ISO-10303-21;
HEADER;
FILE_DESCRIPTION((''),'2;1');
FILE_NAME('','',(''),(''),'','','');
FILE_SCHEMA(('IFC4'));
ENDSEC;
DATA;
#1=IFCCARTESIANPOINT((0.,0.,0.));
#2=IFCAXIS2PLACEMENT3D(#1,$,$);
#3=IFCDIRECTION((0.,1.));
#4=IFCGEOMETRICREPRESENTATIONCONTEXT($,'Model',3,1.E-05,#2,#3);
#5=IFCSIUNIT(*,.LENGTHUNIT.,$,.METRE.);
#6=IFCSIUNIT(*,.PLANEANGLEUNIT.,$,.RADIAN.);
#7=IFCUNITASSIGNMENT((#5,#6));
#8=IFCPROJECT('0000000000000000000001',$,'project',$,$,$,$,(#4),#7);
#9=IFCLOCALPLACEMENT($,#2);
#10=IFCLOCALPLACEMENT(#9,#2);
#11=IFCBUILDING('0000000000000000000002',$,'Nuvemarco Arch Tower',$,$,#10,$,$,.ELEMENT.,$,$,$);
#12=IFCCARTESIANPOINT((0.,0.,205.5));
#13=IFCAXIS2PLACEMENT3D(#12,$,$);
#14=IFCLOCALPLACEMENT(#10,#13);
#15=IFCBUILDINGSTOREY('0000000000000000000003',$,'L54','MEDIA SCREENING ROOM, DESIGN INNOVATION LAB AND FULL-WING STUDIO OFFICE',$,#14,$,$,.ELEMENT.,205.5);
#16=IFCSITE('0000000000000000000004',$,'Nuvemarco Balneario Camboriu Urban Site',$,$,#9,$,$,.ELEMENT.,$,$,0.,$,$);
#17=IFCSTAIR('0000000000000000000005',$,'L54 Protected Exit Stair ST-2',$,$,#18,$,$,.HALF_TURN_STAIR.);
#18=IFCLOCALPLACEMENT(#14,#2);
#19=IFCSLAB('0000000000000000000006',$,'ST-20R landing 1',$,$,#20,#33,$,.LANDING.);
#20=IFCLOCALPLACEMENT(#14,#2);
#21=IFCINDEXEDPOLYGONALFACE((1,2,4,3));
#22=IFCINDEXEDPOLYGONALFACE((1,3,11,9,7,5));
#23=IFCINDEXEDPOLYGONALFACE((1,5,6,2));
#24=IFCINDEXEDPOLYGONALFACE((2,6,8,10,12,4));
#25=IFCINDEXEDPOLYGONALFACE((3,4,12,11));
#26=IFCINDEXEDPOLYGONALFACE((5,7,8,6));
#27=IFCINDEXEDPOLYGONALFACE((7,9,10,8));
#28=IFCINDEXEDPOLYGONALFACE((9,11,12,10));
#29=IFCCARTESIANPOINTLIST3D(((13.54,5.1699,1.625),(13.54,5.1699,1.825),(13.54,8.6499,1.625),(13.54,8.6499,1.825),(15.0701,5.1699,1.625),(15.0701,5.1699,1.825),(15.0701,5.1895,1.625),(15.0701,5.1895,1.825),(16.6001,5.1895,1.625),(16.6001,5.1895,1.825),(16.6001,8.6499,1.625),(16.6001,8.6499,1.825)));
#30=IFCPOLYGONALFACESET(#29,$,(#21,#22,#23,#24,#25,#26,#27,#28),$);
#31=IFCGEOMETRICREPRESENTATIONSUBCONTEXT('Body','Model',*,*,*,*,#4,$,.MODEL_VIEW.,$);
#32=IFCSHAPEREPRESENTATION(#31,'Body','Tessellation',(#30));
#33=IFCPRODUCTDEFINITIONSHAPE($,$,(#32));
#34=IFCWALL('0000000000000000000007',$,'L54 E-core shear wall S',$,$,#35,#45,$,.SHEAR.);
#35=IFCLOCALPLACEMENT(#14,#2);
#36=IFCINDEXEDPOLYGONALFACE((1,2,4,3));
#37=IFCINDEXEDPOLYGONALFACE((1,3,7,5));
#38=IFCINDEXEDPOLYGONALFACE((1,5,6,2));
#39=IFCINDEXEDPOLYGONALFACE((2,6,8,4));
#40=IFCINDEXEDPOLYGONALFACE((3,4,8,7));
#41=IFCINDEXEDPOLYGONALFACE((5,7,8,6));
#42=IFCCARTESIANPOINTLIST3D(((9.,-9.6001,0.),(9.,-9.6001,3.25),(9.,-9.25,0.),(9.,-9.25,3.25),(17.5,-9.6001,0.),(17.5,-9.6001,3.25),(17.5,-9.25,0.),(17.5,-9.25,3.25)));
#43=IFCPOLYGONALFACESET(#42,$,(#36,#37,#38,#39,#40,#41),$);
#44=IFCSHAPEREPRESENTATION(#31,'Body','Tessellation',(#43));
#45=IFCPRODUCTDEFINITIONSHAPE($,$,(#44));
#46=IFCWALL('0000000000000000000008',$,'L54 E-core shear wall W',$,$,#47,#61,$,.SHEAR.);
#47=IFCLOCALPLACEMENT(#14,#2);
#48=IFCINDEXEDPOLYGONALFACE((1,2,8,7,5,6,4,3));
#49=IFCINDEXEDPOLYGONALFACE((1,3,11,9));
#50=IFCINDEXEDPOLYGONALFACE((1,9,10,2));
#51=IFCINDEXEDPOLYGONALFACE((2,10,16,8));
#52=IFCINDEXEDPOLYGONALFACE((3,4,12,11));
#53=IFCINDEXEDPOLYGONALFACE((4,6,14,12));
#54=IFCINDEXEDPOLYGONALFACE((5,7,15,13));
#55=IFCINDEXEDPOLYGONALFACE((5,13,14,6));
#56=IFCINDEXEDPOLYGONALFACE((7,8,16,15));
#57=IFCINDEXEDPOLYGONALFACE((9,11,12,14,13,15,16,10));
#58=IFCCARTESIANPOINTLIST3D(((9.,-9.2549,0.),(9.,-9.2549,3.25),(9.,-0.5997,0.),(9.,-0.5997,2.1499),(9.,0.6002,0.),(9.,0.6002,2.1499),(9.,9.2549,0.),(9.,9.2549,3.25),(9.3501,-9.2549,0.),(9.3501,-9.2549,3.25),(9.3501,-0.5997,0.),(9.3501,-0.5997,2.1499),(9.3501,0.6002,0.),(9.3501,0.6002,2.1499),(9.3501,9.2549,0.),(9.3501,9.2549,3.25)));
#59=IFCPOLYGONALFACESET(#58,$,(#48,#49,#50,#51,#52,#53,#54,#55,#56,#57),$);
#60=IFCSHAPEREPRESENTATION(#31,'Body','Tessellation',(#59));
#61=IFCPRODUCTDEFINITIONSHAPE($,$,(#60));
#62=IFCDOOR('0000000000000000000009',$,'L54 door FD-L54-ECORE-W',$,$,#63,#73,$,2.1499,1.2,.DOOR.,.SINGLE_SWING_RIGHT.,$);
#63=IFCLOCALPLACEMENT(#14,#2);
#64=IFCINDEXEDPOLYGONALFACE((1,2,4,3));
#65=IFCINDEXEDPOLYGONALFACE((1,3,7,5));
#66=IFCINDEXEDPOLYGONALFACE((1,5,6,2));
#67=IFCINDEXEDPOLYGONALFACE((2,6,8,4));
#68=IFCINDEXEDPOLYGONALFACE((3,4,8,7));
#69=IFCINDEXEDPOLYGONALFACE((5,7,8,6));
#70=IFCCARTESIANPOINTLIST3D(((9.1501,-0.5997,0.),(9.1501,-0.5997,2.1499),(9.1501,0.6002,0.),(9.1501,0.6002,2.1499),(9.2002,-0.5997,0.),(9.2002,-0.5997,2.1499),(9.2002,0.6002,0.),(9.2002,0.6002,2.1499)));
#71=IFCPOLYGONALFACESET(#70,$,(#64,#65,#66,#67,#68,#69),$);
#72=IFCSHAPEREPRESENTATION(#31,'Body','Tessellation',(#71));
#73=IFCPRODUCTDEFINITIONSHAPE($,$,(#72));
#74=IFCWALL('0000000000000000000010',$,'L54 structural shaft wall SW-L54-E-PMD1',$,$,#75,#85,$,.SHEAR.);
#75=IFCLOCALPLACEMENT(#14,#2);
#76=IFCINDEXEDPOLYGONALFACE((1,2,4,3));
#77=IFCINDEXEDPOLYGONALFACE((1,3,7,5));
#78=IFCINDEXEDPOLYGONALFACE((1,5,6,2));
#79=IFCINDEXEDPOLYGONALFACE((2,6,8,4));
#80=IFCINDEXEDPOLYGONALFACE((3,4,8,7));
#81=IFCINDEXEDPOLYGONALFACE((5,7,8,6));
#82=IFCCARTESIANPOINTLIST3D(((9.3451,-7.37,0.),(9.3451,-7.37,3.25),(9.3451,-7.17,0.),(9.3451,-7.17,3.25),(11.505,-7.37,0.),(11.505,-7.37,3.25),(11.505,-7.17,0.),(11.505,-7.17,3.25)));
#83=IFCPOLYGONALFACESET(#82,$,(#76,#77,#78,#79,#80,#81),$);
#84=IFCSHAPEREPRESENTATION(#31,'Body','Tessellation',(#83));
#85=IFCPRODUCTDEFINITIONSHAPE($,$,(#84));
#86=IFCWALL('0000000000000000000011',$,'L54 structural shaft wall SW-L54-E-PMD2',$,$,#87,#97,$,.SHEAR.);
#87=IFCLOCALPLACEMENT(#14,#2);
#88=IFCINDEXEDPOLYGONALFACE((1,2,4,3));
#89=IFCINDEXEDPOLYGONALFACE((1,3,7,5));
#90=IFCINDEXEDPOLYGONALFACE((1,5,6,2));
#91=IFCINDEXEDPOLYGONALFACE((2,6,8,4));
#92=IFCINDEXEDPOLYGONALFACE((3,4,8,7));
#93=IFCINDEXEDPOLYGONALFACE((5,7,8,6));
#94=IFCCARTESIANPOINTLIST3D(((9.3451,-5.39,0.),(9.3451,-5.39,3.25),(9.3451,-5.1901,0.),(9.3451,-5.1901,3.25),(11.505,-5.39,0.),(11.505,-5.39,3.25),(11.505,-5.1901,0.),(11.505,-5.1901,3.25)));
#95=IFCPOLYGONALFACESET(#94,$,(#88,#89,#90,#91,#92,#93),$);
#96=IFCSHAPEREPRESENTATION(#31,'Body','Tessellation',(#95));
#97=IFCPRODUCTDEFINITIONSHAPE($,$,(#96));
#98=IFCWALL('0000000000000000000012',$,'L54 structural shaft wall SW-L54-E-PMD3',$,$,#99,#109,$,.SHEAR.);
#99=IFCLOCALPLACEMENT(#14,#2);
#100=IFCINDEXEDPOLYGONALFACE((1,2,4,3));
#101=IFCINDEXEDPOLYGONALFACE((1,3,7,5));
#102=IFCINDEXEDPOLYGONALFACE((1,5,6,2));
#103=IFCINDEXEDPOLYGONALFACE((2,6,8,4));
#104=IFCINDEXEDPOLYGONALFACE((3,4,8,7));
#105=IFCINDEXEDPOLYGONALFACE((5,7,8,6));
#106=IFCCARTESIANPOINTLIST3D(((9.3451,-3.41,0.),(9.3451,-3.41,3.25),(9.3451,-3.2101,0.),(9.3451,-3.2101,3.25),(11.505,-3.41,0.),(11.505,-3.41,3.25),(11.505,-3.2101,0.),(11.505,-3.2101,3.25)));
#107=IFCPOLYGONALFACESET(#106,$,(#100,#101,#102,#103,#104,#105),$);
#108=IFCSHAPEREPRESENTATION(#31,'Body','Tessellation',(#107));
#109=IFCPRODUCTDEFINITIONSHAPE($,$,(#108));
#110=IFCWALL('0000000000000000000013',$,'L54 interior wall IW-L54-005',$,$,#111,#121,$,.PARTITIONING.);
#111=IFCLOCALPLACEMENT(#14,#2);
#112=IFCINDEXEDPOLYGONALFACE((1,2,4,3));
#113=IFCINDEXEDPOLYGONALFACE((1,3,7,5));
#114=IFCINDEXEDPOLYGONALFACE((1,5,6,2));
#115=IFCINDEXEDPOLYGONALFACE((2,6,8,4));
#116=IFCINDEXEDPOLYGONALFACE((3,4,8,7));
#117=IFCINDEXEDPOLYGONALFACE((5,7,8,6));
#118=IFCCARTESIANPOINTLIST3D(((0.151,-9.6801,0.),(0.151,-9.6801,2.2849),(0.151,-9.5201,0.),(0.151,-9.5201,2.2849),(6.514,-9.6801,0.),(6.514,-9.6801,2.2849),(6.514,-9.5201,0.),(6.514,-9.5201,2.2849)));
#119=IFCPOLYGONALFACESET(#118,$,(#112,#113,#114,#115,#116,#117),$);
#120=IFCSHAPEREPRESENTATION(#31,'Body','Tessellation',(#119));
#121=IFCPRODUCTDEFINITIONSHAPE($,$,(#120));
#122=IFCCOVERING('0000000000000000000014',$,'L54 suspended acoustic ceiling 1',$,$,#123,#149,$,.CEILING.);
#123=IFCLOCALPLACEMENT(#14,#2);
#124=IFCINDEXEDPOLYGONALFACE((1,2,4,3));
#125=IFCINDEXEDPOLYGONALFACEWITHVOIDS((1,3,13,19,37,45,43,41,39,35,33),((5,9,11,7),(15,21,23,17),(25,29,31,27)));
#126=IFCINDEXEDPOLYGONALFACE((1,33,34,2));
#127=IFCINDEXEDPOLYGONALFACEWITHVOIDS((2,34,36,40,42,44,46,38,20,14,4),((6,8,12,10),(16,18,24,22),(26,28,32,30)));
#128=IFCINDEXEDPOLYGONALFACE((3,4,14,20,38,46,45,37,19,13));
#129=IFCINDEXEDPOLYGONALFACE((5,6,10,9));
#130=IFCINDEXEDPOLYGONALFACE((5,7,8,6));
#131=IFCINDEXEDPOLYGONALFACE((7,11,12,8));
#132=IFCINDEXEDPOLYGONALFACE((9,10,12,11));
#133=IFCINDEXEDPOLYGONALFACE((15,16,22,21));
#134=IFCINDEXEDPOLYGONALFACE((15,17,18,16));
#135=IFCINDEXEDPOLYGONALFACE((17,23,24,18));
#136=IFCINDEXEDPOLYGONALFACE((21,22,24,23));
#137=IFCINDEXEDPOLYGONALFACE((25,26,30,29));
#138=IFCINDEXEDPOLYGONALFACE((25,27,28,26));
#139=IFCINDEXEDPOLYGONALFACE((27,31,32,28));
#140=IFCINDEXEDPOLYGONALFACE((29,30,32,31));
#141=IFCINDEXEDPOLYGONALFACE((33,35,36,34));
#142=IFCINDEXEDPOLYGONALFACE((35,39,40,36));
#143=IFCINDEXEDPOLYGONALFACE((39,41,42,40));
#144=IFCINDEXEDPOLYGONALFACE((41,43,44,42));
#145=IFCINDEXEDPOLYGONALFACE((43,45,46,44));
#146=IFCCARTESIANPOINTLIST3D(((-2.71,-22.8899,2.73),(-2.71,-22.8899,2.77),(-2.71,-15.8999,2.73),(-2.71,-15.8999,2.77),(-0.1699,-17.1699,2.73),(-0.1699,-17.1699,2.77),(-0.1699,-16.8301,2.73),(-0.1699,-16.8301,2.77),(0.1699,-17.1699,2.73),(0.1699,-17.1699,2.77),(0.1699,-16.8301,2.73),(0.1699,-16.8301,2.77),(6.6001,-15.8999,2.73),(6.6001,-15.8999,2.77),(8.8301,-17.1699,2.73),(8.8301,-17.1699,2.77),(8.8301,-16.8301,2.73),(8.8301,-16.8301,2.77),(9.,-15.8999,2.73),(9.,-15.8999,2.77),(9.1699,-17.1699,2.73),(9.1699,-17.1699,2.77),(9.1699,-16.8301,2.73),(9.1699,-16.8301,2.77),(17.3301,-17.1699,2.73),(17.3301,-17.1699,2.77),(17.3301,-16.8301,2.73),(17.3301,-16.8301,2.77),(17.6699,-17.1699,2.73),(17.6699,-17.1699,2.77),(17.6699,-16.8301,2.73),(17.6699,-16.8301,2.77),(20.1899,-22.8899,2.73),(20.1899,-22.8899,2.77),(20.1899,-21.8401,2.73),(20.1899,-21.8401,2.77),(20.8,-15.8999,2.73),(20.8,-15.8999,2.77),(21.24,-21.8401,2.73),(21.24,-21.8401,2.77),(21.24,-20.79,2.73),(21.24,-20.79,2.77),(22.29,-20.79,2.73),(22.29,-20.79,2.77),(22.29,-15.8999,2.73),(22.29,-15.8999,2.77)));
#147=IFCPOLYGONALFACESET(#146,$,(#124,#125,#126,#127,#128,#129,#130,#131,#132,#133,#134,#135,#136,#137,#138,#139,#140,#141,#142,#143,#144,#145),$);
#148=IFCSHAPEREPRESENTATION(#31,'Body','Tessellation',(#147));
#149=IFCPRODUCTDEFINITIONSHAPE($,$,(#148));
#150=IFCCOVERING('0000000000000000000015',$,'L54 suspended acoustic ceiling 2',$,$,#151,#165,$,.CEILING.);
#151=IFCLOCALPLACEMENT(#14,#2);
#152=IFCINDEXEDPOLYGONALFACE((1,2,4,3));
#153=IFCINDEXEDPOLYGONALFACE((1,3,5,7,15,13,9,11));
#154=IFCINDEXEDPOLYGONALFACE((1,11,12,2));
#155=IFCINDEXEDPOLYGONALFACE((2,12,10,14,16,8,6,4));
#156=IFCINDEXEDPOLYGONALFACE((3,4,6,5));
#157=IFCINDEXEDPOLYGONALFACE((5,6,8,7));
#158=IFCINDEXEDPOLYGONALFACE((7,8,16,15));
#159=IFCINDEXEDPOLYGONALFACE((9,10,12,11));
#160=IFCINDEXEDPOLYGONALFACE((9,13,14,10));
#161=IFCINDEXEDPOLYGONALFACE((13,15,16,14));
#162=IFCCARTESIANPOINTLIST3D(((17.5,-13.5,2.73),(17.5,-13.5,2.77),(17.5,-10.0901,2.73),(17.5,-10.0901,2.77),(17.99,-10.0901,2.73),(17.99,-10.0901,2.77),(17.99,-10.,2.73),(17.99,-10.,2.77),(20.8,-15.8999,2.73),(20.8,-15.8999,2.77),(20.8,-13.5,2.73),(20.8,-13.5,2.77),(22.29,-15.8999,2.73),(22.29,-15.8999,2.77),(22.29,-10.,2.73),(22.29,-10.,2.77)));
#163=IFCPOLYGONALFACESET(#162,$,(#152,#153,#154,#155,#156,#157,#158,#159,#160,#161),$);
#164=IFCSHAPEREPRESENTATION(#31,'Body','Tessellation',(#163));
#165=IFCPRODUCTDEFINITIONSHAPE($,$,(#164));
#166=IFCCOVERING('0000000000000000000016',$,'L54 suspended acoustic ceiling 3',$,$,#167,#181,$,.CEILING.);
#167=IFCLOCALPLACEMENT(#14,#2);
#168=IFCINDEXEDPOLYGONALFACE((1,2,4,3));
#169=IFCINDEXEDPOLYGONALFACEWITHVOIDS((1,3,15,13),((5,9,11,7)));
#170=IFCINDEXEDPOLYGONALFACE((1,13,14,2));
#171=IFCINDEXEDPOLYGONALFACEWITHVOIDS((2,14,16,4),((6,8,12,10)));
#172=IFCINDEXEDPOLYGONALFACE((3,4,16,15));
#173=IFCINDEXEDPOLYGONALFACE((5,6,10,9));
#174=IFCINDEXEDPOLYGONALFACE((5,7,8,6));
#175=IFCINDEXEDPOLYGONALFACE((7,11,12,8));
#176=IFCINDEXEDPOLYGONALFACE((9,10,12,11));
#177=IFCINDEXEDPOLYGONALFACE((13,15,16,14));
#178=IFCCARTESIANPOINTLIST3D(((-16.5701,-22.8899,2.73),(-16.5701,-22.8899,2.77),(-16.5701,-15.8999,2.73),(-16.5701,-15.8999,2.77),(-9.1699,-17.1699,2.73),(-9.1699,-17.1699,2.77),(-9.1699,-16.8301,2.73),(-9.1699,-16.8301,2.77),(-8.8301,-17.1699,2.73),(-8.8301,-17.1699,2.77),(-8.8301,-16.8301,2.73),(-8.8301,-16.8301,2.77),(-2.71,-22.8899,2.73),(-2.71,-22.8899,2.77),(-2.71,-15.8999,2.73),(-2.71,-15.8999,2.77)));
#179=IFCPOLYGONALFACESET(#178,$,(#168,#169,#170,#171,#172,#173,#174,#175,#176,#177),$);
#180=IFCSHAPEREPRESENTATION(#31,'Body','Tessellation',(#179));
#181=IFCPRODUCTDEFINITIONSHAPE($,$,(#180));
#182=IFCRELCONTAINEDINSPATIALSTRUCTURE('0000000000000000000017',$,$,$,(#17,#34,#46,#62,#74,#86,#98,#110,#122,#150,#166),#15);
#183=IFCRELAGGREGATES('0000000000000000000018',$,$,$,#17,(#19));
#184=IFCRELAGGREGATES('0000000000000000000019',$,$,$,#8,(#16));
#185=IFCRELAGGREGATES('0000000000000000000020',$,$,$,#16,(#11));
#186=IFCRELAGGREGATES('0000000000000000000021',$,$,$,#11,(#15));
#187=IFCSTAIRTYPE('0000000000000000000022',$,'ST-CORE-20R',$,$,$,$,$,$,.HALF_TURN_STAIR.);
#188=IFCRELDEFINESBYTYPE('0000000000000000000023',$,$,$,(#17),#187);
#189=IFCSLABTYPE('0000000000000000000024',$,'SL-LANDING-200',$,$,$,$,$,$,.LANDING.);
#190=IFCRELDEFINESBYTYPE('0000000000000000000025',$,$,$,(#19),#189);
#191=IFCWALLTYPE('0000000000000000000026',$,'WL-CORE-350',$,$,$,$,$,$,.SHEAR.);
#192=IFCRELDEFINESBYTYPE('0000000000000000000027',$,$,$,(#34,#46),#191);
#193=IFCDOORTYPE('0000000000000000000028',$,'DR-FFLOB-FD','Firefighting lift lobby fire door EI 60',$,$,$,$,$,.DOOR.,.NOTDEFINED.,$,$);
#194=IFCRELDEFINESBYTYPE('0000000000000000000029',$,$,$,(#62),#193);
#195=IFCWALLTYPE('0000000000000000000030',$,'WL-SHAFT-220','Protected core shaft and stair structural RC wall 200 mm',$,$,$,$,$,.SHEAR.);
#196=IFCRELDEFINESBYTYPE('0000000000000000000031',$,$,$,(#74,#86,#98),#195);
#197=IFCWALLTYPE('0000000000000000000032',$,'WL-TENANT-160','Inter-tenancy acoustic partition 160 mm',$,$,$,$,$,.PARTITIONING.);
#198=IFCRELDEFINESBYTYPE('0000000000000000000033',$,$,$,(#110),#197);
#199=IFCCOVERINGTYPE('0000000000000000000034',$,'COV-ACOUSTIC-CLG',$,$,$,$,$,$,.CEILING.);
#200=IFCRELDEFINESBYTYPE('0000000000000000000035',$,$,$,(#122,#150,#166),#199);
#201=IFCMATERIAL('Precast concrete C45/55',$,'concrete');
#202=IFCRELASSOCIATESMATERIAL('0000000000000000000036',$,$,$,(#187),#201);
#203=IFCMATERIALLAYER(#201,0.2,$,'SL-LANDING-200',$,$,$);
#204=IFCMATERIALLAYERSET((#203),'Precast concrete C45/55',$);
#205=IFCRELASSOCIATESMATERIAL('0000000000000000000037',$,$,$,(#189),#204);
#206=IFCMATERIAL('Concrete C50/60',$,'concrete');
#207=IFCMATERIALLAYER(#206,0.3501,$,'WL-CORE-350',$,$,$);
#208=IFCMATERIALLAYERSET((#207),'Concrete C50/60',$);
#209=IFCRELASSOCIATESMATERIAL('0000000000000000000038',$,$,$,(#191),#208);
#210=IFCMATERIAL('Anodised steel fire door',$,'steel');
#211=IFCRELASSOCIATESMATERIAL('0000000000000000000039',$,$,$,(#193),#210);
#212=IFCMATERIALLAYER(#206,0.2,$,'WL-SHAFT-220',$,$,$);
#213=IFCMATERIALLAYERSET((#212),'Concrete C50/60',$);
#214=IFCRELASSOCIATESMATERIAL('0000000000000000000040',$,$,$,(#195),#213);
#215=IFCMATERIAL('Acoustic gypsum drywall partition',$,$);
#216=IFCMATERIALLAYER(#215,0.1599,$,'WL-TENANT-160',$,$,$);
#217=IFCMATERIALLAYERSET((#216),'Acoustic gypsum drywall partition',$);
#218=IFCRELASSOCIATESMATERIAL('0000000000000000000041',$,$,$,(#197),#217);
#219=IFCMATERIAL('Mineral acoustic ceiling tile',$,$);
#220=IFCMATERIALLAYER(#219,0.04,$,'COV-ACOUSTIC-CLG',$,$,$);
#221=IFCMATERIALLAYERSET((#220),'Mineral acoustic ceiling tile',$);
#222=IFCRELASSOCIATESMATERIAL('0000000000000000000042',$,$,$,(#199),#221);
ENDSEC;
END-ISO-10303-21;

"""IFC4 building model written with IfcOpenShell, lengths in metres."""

from ifc_helpers import new_model, si_unit, direction, frame, frame_2d, origin, place, context, subcontext, project, spatial, polyline, rectangle, outline, extrude, source, transform, mapped, material, layer, layer_set, type_object, type_shapes, element, fill, aggregate, save


model = new_model("IFC4")

# Units and contexts
model_context = context("Model", 3, precision=1e-05, world=origin(), true_north=direction((0.0, 1.0)))
body_context = subcontext(model_context, "Body", "Model", "MODEL_VIEW")
ifc_project = project(units=[si_unit("LENGTHUNIT", "METRE"), si_unit("PLANEANGLEUNIT", "RADIAN")], contexts=[model_context])

# Site, building, storey
site_placement = place(None, origin())
site = spatial("IfcSite", under=ifc_project, at=site_placement, Name="Nuvemarco Balneario Camboriu Urban Site", CompositionType="ELEMENT", RefElevation=0.0)
building_placement = place(site_placement, origin())
building = spatial("IfcBuilding", under=site, at=building_placement, Name="Nuvemarco Arch Tower", CompositionType="ELEMENT")
storey_placement = place(building_placement, frame((0.0, 0.0, 205.5)))
storey = spatial("IfcBuildingStorey", under=building, at=storey_placement, Name="L54", Description="MEDIA SCREENING ROOM, DESIGN INNOVATION LAB AND FULL-WING STUDIO OFFICE", CompositionType="ELEMENT", Elevation=205.5)

# Shared definitions
ifc_material_1 = material(Name="Concrete C50/60", Category="concrete")

# Stair, slab
ifc_material_2 = material(Name="Precast concrete C45/55", Category="concrete")
stair_type = type_object("IfcStairType", Name="ST-CORE-20R", PredefinedType="HALF_TURN_STAIR", material=ifc_material_2)
ifc_layer_1 = layer(ifc_material_2, 0.2, Name="SL-LANDING-200")
ifc_layer_set_1 = layer_set([ifc_layer_1], Name="Precast concrete C45/55")
slab_type = type_object("IfcSlabType", Name="SL-LANDING-200", PredefinedType="LANDING", material=ifc_layer_set_1)
stair_1_placement = place(storey_placement, origin())
stair_1 = element("IfcStair", 1, at=stair_1_placement, inside=storey, type_object=stair_type, Name="L54 Protected Exit Stair ST-2", PredefinedType="HALF_TURN_STAIR")
slab_1_placement = place(storey_placement, frame((0.0, 0.0, 1.625)))
slab_1 = element("IfcSlab", 2, at=slab_1_placement, type_object=slab_type, Name="ST-20R landing 1", PredefinedType="LANDING", context=body_context, shape_type="SweptSolid", body=[
    extrude(outline(polyline([(16.6001, 5.1895), (16.6001, 8.6499), (13.54, 8.6499), (13.54, 5.1699), (15.0701, 5.1699), (15.0701, 5.1895), (16.6001, 5.1895)])), origin(), (0.0, 0.0, 1.0), 0.2),
])
aggregate(stair_1, [slab_1])

# Wall
ifc_layer_2 = layer(ifc_material_1, 0.3501, Name="WL-CORE-350")
ifc_layer_set_2 = layer_set([ifc_layer_2], Name="Concrete C50/60")
wall_type_1 = type_object("IfcWallType", Name="WL-CORE-350", PredefinedType="SHEAR", material=ifc_layer_set_2)
wall_1_placement = place(storey_placement, frame((9.0, -9.425, 0.0), z_axis=(0.0, 0.0, 1.0), x_axis=(1.0, 0.0, 0.0)))
element("IfcWall", 3, at=wall_1_placement, inside=storey, type_object=wall_type_1, Name="L54 E-core shear wall S", PredefinedType="SHEAR", context=body_context, shape_type="SweptSolid", body=[
    extrude(rectangle(XDim=8.5, YDim=0.3501, at=frame_2d((4.25, 0.0))), origin(), (0.0, 0.0, 1.0), 3.25),
])

# Wall, opening, door
wall_2_placement = place(storey_placement, frame((9.175, -9.2549, 0.0), z_axis=(0.0, 0.0, 1.0), x_axis=(0.0, 1.0, 0.0)))
wall_2 = element("IfcWall", 4, at=wall_2_placement, inside=storey, type_object=wall_type_1, Name="L54 E-core shear wall W", PredefinedType="SHEAR", context=body_context, shape_type="SweptSolid", body=[
    extrude(rectangle(XDim=18.5098, YDim=0.3501, at=frame_2d((9.2549, 0.0))), origin(), (0.0, 0.0, 1.0), 3.25),
])
opening_placement = place(wall_2_placement, frame((8.655, 0.0, 0.0)))
opening = element("IfcOpeningElement", 5, at=opening_placement, cuts=wall_2, PredefinedType="OPENING", context=body_context, shape_type="SweptSolid", body=[
    extrude(rectangle(XDim=1.2, YDim=2.1499, at=frame_2d((0.6001, 1.075))), frame((0.0, 0.1851, 0.0), z_axis=(0.0, -1.0, 0.0), x_axis=(1.0, 0.0, 0.0)), (0.0, 0.0, 1.0), 0.3701),
])
ifc_material_3 = material(Name="Anodised steel fire door", Category="steel")
door_type = type_object("IfcDoorType", Name="DR-FFLOB-FD", Description="Firefighting lift lobby fire door EI 60", OperationType="NOTDEFINED", PredefinedType="DOOR", material=ifc_material_3)
shared_shape = source(origin(), body_context, "Body", "SweptSolid", [
    extrude(rectangle(XDim=1.2, YDim=2.1499, at=frame_2d((0.6001, 1.075))), frame((0.0, 0.0249, 0.0), z_axis=(0.0, -1.0, 0.0), x_axis=(1.0, 0.0, 0.0)), (0.0, 0.0, 1.0), 0.05),
])
type_shapes(door_type, [shared_shape])
door_placement = place(opening_placement, origin())
door = element("IfcDoor", 6, at=door_placement, inside=storey, type_object=door_type, Name="L54 door FD-L54-ECORE-W", OperationType="SINGLE_SWING_RIGHT", OverallHeight=2.1499, OverallWidth=1.2, PredefinedType="DOOR", context=body_context, shape_type="MappedRepresentation", body=[
    mapped(shared_shape, transform((0.0, 0.0, 0.0), scale=1.0)),
])
fill(opening, door)

# Walls
ifc_layer_3 = layer(ifc_material_1, 0.2, Name="WL-SHAFT-220")
ifc_layer_set_3 = layer_set([ifc_layer_3], Name="Concrete C50/60")
wall_type_2 = type_object("IfcWallType", Name="WL-SHAFT-220", Description="Protected core shaft and stair structural RC wall 200 mm", PredefinedType="SHEAR", material=ifc_layer_set_3)
for number, where, z_axis, x_axis, name in (
    (7, (9.345, -7.27, 0.0), (0.0, 0.0, 1.0), (1.0, 0.0, 0.0), "L54 structural shaft wall SW-L54-E-PMD1"),
    (8, (9.345, -5.29, 0.0), (0.0, 0.0, 1.0), (1.0, 0.0, 0.0), "L54 structural shaft wall SW-L54-E-PMD2"),
    (9, (9.345, -3.3101, 0.0), (0.0, 0.0, 1.0), (1.0, 0.0, 0.0), "L54 structural shaft wall SW-L54-E-PMD3"),
):
    element("IfcWall", number, at=place(storey_placement, frame(where, z_axis=z_axis, x_axis=x_axis)), inside=storey, type_object=wall_type_2, Name=name, PredefinedType="SHEAR", context=body_context, shape_type="SweptSolid", body=[
        extrude(rectangle(XDim=2.1599, YDim=0.2, at=frame_2d((1.0801, 0.0))), origin(), (0.0, 0.0, 1.0), 3.25),
    ])
ifc_material_4 = material(Name="Acoustic gypsum drywall partition")
ifc_layer_4 = layer(ifc_material_4, 0.1599, Name="WL-TENANT-160")
ifc_layer_set_4 = layer_set([ifc_layer_4], Name="Acoustic gypsum drywall partition")
wall_type_3 = type_object("IfcWallType", Name="WL-TENANT-160", Description="Inter-tenancy acoustic partition 160 mm", PredefinedType="PARTITIONING", material=ifc_layer_set_4)
wall_3_placement = place(storey_placement, frame((0.1509, -9.6001, 0.0), z_axis=(0.0, 0.0, 1.0), x_axis=(1.0, 0.0, 0.0)))
element("IfcWall", 10, at=wall_3_placement, inside=storey, type_object=wall_type_3, Name="L54 interior wall IW-L54-005", PredefinedType="PARTITIONING", context=body_context, shape_type="SweptSolid", body=[
    extrude(rectangle(XDim=6.363, YDim=0.1599, at=frame_2d((3.1816, 0.0))), origin(), (0.0, 0.0, 1.0), 2.2849),
])

# Coverings
ifc_material_5 = material(Name="Mineral acoustic ceiling tile")
ifc_layer_5 = layer(ifc_material_5, 0.04, Name="COV-ACOUSTIC-CLG")
ifc_layer_set_5 = layer_set([ifc_layer_5], Name="Mineral acoustic ceiling tile")
covering_type = type_object("IfcCoveringType", Name="COV-ACOUSTIC-CLG", PredefinedType="CEILING", material=ifc_layer_set_5)
covering_1_placement = place(storey_placement, frame((0.0, 0.0, 2.73)))
element("IfcCovering", 11, at=covering_1_placement, inside=storey, type_object=covering_type, Name="L54 suspended acoustic ceiling 1", PredefinedType="CEILING", context=body_context, shape_type="SweptSolid", body=[
    extrude(outline(polyline([(20.1899, -22.8899), (-2.71, -22.8899), (-2.71, -15.8999), (6.6001, -15.8999), (9.0, -15.8999), (20.8, -15.8999), (22.29, -15.8999), (22.29, -20.79), (21.24, -20.79), (21.24, -21.8401), (20.1899, -21.8401), (20.1899, -22.8899)]), holes=[polyline([(0.1699, -17.1699), (0.1699, -16.8301), (-0.1699, -16.8301), (-0.1699, -17.1699), (0.1699, -17.1699)]), polyline([(9.1699, -17.1699), (9.1699, -16.8301), (8.8301, -16.8301), (8.8301, -17.1699), (9.1699, -17.1699)]), polyline([(17.6699, -17.1699), (17.6699, -16.8301), (17.3301, -16.8301), (17.3301, -17.1699), (17.6699, -17.1699)])]), origin(), (0.0, 0.0, 1.0), 0.04),
])
covering_2_placement = place(storey_placement, frame((0.0, 0.0, 2.73)))
element("IfcCovering", 12, at=covering_2_placement, inside=storey, type_object=covering_type, Name="L54 suspended acoustic ceiling 2", PredefinedType="CEILING", context=body_context, shape_type="SweptSolid", body=[
    extrude(outline(polyline([(17.5, -10.0901), (17.99, -10.0901), (17.99, -10.0), (22.29, -10.0), (22.29, -15.8999), (20.8, -15.8999), (20.8, -13.5), (17.5, -13.5), (17.5, -10.0901)])), origin(), (0.0, 0.0, 1.0), 0.04),
])
covering_3_placement = place(storey_placement, frame((0.0, 0.0, 2.73)))
element("IfcCovering", 13, at=covering_3_placement, inside=storey, type_object=covering_type, Name="L54 suspended acoustic ceiling 3", PredefinedType="CEILING", context=body_context, shape_type="SweptSolid", body=[
    extrude(outline(polyline([(-16.5701, -22.8899), (-16.5701, -15.8999), (-2.71, -15.8999), (-2.71, -22.8899), (-16.5701, -22.8899)]), holes=[polyline([(-8.8301, -17.1699), (-8.8301, -16.8301), (-9.1699, -16.8301), (-9.1699, -17.1699), (-8.8301, -17.1699)])]), origin(), (0.0, 0.0, 1.0), 0.04),
])

save(model, "model.ifc")
